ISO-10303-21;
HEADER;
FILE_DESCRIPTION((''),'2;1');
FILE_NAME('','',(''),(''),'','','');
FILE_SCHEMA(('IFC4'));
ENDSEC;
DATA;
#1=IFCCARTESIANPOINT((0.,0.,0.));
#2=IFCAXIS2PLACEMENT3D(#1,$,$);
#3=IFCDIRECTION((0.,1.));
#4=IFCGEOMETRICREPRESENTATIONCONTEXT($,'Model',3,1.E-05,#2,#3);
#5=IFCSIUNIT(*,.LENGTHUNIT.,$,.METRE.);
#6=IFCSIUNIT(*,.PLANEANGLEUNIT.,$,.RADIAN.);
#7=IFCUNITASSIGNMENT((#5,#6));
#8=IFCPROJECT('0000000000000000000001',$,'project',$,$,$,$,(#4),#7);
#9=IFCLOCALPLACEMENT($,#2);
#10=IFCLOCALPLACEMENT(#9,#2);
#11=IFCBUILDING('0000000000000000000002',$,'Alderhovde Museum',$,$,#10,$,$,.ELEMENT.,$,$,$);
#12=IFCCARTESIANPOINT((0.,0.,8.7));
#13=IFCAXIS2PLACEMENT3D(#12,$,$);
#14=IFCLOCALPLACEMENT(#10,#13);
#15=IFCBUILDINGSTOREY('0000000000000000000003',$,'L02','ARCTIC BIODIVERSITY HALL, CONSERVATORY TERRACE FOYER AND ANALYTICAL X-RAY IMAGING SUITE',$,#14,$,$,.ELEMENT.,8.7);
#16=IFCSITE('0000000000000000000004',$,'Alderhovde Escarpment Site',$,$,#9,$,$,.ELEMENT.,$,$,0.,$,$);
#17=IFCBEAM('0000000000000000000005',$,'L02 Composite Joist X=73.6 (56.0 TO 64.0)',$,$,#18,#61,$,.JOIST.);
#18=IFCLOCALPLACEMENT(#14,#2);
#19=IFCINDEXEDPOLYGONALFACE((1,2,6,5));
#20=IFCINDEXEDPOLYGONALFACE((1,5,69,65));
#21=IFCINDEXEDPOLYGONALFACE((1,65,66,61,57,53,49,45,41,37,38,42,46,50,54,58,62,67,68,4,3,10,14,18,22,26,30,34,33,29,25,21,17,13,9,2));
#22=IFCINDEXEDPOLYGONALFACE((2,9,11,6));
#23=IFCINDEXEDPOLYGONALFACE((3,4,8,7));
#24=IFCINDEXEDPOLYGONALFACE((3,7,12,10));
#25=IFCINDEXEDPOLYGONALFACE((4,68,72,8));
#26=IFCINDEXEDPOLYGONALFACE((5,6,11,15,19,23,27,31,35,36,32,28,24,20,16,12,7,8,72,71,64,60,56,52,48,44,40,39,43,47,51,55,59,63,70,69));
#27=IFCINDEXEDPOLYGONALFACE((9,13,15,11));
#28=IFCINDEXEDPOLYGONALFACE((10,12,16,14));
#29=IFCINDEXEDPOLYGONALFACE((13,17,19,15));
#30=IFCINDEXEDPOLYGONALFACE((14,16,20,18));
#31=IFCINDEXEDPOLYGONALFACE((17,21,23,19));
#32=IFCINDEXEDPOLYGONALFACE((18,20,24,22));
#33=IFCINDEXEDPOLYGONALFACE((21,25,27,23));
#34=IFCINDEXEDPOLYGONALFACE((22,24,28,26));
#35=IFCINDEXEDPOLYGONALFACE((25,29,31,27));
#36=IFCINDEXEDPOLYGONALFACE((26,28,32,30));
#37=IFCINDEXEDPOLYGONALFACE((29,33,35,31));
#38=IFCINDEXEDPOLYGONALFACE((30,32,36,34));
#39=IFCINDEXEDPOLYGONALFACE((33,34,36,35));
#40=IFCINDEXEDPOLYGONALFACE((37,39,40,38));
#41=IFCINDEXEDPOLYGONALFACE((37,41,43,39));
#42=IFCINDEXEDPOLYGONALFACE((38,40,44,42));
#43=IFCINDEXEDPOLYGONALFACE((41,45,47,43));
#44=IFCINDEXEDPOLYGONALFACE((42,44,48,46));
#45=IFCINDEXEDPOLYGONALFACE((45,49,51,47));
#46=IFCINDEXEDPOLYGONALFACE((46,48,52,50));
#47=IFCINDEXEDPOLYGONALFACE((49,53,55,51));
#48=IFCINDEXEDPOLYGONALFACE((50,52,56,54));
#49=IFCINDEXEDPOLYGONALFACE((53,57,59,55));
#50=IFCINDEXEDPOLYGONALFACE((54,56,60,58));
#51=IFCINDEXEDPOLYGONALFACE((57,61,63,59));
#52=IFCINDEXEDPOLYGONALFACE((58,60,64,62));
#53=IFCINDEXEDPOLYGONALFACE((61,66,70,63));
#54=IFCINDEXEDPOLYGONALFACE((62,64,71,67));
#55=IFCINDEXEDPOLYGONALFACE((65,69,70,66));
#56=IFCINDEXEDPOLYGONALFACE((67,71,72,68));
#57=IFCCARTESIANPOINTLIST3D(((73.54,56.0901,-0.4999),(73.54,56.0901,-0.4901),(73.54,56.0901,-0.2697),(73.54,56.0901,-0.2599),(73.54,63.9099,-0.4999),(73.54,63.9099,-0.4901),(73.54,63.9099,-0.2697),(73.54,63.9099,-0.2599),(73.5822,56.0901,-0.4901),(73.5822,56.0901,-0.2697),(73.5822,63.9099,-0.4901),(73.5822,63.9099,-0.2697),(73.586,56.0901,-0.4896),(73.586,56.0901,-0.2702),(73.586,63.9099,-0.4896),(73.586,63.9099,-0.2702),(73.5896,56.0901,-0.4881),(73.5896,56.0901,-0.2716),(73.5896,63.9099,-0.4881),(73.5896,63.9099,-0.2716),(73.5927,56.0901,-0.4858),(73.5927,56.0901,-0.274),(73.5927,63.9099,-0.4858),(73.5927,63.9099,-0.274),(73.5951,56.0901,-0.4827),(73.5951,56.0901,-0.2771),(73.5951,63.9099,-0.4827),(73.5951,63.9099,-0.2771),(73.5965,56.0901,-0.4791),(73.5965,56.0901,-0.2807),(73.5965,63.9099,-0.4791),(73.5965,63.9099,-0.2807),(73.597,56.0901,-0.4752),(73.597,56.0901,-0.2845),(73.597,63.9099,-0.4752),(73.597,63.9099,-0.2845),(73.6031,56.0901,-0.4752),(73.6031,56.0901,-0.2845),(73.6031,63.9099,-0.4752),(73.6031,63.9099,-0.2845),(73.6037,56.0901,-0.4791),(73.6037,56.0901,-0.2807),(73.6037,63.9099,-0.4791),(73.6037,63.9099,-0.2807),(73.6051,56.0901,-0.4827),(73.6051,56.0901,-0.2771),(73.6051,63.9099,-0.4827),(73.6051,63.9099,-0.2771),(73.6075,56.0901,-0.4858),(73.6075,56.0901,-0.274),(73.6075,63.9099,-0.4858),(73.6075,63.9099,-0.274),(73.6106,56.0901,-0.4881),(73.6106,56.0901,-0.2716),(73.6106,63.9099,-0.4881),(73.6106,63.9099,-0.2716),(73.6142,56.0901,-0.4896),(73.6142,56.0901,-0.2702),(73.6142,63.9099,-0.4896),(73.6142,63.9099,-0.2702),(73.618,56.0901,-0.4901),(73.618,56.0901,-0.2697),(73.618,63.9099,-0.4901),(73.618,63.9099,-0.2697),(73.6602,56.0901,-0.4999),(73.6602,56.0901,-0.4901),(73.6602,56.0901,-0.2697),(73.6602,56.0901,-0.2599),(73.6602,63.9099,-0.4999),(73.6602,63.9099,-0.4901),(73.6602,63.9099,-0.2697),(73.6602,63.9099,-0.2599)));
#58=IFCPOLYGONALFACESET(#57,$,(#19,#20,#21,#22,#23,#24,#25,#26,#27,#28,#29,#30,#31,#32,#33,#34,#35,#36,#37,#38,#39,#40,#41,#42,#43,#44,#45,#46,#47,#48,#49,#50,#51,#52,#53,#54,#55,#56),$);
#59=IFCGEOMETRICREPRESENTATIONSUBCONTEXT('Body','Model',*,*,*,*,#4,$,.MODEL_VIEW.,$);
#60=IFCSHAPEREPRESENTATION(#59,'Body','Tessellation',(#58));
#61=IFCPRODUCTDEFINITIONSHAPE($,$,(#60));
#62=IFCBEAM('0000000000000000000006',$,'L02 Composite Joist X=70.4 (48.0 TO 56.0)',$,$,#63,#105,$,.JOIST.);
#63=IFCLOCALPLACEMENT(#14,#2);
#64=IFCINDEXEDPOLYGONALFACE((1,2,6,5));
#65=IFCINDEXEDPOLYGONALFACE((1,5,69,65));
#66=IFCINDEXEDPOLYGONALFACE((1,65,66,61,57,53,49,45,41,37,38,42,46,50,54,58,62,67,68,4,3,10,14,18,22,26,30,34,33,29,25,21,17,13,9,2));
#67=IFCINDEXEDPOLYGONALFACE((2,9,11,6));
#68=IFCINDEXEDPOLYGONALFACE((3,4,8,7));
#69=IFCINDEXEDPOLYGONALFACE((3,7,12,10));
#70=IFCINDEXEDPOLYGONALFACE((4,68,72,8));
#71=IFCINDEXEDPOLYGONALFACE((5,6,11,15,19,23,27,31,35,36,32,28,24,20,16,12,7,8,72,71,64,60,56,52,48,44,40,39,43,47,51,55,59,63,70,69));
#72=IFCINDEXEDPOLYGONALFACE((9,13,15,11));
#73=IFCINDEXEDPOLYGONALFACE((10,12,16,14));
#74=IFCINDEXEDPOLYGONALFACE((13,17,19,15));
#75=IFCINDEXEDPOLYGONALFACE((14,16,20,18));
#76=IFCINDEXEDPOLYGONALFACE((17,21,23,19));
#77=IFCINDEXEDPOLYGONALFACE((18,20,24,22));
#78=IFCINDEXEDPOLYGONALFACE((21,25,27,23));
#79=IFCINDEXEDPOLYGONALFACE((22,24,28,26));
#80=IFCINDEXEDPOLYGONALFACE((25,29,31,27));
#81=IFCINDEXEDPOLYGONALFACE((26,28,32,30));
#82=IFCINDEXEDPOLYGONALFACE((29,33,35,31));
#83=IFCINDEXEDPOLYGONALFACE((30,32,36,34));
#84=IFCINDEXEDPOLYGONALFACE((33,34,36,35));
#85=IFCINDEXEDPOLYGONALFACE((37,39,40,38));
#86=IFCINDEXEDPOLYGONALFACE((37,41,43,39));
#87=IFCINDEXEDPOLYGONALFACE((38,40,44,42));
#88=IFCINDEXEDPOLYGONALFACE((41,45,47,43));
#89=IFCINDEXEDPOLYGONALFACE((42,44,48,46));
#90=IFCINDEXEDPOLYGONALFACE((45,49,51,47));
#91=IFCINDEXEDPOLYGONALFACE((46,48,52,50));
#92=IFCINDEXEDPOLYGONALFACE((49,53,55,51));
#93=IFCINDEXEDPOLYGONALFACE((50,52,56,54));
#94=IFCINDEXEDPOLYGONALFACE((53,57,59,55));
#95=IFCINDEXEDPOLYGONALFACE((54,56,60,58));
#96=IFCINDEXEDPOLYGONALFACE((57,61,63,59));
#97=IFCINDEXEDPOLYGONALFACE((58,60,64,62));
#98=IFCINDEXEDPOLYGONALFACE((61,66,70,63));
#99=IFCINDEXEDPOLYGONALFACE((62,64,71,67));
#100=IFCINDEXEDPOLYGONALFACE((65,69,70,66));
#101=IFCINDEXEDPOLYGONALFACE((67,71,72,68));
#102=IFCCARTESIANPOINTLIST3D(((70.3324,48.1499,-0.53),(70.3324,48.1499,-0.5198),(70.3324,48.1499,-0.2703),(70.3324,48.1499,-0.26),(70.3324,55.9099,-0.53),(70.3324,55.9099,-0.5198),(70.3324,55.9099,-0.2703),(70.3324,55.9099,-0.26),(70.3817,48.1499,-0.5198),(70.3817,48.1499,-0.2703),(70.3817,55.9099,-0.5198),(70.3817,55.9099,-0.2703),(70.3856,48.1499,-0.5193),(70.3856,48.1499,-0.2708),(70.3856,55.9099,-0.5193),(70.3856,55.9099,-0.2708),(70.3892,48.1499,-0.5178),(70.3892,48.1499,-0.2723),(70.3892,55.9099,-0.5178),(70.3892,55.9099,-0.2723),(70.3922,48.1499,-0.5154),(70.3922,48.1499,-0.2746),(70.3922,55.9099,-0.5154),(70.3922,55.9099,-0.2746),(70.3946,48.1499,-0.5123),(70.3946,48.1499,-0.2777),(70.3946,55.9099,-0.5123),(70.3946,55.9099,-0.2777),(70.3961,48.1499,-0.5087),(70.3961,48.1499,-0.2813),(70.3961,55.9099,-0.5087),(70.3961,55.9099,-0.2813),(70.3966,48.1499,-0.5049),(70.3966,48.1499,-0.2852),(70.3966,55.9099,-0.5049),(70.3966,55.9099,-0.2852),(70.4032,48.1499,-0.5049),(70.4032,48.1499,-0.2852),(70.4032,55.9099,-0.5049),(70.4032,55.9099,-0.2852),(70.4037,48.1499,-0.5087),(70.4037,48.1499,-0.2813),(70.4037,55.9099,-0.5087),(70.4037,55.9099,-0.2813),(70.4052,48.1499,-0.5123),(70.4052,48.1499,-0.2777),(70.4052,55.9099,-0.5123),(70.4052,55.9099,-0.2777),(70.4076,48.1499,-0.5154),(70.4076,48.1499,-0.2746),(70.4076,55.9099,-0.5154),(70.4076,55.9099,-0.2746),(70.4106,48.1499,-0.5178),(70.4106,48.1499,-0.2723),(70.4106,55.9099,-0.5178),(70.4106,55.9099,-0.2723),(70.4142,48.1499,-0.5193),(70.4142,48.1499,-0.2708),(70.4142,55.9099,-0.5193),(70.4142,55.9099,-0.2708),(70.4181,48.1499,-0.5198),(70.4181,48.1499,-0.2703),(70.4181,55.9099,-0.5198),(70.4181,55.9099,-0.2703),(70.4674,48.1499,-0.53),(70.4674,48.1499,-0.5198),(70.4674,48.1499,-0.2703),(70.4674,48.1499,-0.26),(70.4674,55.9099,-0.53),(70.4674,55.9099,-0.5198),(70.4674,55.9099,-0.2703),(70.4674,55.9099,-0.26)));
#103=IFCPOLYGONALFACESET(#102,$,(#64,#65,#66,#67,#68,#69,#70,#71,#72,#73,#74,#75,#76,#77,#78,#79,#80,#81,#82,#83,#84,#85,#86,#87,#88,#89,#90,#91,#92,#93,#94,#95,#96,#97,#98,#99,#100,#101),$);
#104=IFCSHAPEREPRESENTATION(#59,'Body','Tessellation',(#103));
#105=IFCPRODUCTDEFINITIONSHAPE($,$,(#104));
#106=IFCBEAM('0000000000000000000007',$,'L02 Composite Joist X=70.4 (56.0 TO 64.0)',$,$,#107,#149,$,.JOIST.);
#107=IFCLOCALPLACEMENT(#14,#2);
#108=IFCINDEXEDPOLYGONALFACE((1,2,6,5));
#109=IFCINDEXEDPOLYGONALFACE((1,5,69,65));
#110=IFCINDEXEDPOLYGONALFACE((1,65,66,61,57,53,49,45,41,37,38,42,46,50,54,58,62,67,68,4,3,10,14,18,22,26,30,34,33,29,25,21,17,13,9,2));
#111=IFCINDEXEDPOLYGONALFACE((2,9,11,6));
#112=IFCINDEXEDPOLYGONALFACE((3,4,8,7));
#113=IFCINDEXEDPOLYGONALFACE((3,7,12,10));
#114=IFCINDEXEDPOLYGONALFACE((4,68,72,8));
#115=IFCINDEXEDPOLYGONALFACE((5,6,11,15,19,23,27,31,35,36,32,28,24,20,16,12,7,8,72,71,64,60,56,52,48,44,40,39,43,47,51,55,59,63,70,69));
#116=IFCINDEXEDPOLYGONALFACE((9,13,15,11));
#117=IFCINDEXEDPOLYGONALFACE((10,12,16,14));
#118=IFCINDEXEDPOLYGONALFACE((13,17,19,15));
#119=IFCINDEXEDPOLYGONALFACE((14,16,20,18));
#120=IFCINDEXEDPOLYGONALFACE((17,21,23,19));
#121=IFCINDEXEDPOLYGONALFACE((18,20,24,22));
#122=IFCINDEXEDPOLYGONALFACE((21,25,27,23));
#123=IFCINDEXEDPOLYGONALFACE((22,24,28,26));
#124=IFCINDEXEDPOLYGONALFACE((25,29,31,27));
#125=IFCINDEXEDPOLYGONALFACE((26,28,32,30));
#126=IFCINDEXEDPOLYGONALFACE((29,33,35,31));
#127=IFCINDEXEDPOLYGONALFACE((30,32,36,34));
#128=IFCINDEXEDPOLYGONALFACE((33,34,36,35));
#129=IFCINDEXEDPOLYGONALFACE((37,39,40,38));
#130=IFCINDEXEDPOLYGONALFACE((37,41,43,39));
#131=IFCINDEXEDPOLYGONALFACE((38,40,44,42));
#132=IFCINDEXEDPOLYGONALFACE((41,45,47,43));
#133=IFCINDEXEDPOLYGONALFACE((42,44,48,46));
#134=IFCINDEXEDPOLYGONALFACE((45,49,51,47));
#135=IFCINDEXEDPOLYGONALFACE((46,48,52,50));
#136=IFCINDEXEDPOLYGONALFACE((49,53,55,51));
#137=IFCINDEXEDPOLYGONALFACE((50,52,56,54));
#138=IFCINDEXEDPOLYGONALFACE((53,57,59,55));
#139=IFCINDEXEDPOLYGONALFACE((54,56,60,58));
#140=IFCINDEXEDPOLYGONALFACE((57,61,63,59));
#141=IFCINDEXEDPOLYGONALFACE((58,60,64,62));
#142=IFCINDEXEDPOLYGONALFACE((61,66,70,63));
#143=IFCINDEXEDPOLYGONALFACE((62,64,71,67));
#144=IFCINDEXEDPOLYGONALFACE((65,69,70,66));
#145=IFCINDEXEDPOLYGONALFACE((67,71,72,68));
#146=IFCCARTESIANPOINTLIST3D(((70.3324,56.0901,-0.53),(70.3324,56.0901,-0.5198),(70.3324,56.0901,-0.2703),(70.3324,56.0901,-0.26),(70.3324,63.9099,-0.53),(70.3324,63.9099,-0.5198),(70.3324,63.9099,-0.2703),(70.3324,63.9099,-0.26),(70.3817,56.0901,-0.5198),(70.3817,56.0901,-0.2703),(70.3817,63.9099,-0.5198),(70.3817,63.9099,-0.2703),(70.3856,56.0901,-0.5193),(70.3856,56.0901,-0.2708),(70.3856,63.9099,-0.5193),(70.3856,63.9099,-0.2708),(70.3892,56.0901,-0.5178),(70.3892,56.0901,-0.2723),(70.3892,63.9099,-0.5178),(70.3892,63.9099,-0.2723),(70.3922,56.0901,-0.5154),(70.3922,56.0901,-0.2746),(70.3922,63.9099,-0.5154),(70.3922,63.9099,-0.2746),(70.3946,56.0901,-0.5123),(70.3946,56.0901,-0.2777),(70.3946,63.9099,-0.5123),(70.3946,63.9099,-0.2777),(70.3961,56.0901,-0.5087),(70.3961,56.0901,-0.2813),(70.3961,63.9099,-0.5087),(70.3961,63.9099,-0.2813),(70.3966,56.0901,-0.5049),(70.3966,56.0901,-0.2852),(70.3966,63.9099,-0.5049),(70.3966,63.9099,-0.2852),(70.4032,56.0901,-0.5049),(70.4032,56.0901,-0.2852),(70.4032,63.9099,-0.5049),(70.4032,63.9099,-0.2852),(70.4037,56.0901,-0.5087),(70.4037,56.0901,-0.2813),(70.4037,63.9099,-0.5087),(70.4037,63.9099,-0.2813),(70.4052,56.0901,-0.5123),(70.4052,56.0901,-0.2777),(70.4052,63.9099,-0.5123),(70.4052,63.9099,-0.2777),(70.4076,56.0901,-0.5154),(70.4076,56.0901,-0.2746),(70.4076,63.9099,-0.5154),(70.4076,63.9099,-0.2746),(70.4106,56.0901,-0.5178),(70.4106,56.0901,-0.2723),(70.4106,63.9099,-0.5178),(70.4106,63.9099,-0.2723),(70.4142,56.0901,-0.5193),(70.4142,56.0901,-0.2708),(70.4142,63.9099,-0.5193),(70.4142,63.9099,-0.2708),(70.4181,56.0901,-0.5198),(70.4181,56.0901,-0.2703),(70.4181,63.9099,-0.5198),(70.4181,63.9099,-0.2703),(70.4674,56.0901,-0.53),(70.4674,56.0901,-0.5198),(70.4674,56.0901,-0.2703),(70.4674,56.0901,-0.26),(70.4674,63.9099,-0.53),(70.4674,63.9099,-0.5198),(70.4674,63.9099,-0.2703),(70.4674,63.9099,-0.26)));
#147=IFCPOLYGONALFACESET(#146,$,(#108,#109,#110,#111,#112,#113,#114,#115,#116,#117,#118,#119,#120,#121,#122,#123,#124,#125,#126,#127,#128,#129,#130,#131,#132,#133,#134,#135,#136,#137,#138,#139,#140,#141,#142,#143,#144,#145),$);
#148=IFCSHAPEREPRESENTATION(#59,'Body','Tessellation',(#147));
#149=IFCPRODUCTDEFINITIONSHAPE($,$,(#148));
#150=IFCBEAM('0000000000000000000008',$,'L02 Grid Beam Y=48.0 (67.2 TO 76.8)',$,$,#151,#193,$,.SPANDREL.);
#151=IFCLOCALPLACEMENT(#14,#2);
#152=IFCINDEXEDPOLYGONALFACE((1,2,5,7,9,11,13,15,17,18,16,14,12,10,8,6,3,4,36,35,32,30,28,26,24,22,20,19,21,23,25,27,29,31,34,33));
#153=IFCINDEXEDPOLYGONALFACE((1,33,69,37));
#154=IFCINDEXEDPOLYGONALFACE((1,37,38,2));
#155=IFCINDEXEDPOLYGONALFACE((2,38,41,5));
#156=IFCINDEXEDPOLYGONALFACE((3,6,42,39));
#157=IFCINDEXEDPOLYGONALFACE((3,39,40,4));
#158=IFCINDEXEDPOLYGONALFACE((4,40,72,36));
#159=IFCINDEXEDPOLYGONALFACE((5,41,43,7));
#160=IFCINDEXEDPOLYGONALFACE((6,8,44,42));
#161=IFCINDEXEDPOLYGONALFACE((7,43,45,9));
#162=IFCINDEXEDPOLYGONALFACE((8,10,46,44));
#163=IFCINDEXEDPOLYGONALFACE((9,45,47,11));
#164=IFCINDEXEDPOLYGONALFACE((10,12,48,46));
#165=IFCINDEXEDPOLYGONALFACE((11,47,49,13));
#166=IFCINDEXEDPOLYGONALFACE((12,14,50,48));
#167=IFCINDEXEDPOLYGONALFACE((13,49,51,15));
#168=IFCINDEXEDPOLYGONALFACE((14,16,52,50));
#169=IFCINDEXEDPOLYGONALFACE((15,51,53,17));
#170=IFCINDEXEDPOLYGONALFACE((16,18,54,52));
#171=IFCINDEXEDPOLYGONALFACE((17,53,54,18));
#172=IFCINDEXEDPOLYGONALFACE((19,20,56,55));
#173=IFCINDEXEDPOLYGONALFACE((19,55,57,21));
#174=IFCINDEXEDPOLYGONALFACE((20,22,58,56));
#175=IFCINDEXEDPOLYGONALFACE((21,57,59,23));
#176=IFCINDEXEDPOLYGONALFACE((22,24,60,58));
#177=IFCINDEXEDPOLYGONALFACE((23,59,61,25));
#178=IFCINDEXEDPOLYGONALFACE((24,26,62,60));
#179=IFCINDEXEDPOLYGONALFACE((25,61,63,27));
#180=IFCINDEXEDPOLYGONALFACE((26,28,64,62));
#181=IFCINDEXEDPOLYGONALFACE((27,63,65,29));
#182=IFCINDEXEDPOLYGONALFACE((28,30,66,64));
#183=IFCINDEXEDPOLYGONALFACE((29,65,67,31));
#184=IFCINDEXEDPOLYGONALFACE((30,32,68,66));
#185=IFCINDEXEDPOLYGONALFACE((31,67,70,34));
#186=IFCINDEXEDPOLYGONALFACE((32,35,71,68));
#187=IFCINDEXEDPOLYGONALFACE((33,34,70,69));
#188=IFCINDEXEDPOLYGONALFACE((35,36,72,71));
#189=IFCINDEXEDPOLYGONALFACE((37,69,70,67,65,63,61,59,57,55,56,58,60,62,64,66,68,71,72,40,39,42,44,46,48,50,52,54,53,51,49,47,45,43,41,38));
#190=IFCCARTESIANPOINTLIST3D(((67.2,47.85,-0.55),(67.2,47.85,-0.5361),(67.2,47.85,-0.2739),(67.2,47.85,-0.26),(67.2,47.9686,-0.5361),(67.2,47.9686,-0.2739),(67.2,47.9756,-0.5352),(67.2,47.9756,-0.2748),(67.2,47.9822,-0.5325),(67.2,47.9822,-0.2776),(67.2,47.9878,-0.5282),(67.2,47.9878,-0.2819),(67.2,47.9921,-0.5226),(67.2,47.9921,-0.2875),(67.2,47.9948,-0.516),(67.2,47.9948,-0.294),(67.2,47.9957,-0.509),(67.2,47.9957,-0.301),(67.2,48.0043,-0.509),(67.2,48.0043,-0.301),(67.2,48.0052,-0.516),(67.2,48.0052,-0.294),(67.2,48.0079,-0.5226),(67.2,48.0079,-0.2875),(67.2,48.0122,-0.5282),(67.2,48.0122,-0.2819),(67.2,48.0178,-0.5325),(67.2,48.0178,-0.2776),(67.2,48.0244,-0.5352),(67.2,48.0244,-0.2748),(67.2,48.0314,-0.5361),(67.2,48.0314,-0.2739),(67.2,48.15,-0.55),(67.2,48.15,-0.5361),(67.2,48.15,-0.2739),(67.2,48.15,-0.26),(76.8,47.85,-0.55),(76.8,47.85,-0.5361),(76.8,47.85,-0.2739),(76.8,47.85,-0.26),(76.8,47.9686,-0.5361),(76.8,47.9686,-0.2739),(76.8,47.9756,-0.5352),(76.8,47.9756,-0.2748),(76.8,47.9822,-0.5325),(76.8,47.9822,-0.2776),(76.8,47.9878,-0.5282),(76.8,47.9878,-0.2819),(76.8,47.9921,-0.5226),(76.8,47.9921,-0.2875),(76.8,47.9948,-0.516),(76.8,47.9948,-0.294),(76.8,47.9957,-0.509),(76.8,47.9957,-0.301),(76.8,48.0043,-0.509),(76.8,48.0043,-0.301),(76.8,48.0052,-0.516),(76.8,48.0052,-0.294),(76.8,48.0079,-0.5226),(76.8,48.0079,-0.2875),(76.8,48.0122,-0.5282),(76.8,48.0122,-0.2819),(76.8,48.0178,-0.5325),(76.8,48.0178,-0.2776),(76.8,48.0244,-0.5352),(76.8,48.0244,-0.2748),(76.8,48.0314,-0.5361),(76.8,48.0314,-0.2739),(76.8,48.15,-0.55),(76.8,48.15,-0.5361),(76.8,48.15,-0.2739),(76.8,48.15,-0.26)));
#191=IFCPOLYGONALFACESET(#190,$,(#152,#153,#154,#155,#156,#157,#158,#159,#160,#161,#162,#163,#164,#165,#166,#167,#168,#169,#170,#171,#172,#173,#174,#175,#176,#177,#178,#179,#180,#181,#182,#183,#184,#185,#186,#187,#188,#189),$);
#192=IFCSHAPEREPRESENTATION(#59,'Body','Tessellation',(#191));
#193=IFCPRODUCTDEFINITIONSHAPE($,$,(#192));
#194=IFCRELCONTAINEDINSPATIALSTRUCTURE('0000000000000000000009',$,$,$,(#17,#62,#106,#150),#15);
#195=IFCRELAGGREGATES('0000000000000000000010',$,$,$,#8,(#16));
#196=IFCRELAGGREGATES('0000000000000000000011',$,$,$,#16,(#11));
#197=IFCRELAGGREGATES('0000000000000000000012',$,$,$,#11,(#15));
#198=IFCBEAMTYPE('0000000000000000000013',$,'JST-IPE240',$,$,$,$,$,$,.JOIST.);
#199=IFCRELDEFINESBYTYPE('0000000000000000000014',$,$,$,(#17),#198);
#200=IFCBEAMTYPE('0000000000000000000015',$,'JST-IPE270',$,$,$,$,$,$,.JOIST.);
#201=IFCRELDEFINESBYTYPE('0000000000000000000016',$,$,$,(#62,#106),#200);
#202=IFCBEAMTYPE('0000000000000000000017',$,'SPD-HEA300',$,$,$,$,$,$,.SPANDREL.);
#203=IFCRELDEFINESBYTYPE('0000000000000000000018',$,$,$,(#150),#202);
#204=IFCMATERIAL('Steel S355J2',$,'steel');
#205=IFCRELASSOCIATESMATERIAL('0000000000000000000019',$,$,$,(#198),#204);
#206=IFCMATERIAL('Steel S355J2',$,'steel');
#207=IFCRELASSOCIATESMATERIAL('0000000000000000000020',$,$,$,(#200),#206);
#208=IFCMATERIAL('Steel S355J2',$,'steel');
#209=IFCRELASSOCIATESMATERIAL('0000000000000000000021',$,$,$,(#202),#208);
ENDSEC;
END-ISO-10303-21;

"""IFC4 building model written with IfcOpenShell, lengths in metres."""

from ifc_helpers import new_model, si_unit, direction, frame, origin, origin_2d, place, context, subcontext, project, spatial, i_section, extrude, material, material_profile, profile_set, type_object, element, save


model = new_model("IFC4")

# Units and contexts
model_context = context("Model", 3, precision=1e-05, world=origin(), true_north=direction((0.0, 1.0)))
body_context = subcontext(model_context, "Body", "Model", "MODEL_VIEW")
ifc_project = project(units=[si_unit("LENGTHUNIT", "METRE"), si_unit("PLANEANGLEUNIT", "RADIAN")], contexts=[model_context])

# Site, building, storey
site_placement = place(None, origin())
site = spatial("IfcSite", under=ifc_project, at=site_placement, Name="Alderhovde Escarpment Site", CompositionType="ELEMENT", RefElevation=0.0)
building_placement = place(site_placement, origin())
building = spatial("IfcBuilding", under=site, at=building_placement, Name="Alderhovde Museum", CompositionType="ELEMENT")
storey_placement = place(building_placement, frame((0.0, 0.0, 8.7)))
storey = spatial("IfcBuildingStorey", under=building, at=storey_placement, Name="L02", Description="ARCTIC BIODIVERSITY HALL, CONSERVATORY TERRACE FOYER AND ANALYTICAL X-RAY IMAGING SUITE", CompositionType="ELEMENT", Elevation=8.7)

# Beams
ifc_material_1 = material(Name="Steel S355J2", Category="steel")
ifc_material_profile_1 = material_profile(ifc_material_1, i_section(OverallWidth=0.1201, OverallDepth=0.24, WebThickness=0.0061, FlangeThickness=0.0098, FilletRadius=0.0149, at=origin_2d()), Name="IPE 240")
ifc_profile_set_1 = profile_set([ifc_material_profile_1], Name="Steel S355J2")
beam_type_1 = type_object("IfcBeamType", Name="JST-IPE240", PredefinedType="JOIST", material=ifc_profile_set_1)
beam_1_placement = place(storey_placement, frame((73.6001, 56.0901, -0.3799), z_axis=(0.0, 1.0, 0.0), x_axis=(-1.0, 0.0, 0.0)))
element("IfcBeam", 1, at=beam_1_placement, inside=storey, type_object=beam_type_1, Name="L02 Composite Joist X=73.6 (56.0 TO 64.0)", PredefinedType="JOIST", context=body_context, shape_type="SweptSolid", body=[
    extrude(i_section(OverallWidth=0.1201, OverallDepth=0.24, WebThickness=0.0061, FlangeThickness=0.0098, FilletRadius=0.0149, at=origin_2d()), origin(), (0.0, 0.0, 1.0), 7.8198),
])
ifc_material_2 = material(Name="Steel S355J2", Category="steel")
ifc_material_profile_2 = material_profile(ifc_material_2, i_section(OverallWidth=0.135, OverallDepth=0.27, WebThickness=0.0066, FlangeThickness=0.0103, FilletRadius=0.0149, at=origin_2d()), Name="IPE 270")
ifc_profile_set_2 = profile_set([ifc_material_profile_2], Name="Steel S355J2")
beam_type_2 = type_object("IfcBeamType", Name="JST-IPE270", PredefinedType="JOIST", material=ifc_profile_set_2)
beam_2_placement = place(storey_placement, frame((70.3999, 48.1499, -0.395), z_axis=(0.0, 1.0, 0.0), x_axis=(-1.0, 0.0, 0.0)))
element("IfcBeam", 2, at=beam_2_placement, inside=storey, type_object=beam_type_2, Name="L02 Composite Joist X=70.4 (48.0 TO 56.0)", PredefinedType="JOIST", context=body_context, shape_type="SweptSolid", body=[
    extrude(i_section(OverallWidth=0.135, OverallDepth=0.27, WebThickness=0.0066, FlangeThickness=0.0103, FilletRadius=0.0149, at=origin_2d()), origin(), (0.0, 0.0, 1.0), 7.76),
])
beam_3_placement = place(storey_placement, frame((70.3999, 56.0901, -0.395), z_axis=(0.0, 1.0, 0.0), x_axis=(-1.0, 0.0, 0.0)))
element("IfcBeam", 3, at=beam_3_placement, inside=storey, type_object=beam_type_2, Name="L02 Composite Joist X=70.4 (56.0 TO 64.0)", PredefinedType="JOIST", context=body_context, shape_type="SweptSolid", body=[
    extrude(i_section(OverallWidth=0.135, OverallDepth=0.27, WebThickness=0.0066, FlangeThickness=0.0103, FilletRadius=0.0149, at=origin_2d()), origin(), (0.0, 0.0, 1.0), 7.8198),
])
ifc_material_3 = material(Name="Steel S355J2", Category="steel")
ifc_material_profile_3 = material_profile(ifc_material_3, i_section(OverallWidth=0.3, OverallDepth=0.29, WebThickness=0.0085, FlangeThickness=0.0139, FilletRadius=0.0271, at=origin_2d()), Name="HEA 300")
ifc_profile_set_3 = profile_set([ifc_material_profile_3], Name="Steel S355J2")
beam_type_3 = type_object("IfcBeamType", Name="SPD-HEA300", PredefinedType="SPANDREL", material=ifc_profile_set_3)
beam_4_placement = place(storey_placement, frame((67.2, 48.0, -0.405), z_axis=(1.0, 0.0, 0.0), x_axis=(0.0, 1.0, 0.0)))
element("IfcBeam", 4, at=beam_4_placement, inside=storey, type_object=beam_type_3, Name="L02 Grid Beam Y=48.0 (67.2 TO 76.8)", PredefinedType="SPANDREL", context=body_context, shape_type="SweptSolid", body=[
    extrude(i_section(OverallWidth=0.3, OverallDepth=0.29, WebThickness=0.0085, FlangeThickness=0.0139, FilletRadius=0.0271, at=origin_2d()), origin(), (0.0, 0.0, 1.0), 9.6001),
])

save(model, "model.ifc")
